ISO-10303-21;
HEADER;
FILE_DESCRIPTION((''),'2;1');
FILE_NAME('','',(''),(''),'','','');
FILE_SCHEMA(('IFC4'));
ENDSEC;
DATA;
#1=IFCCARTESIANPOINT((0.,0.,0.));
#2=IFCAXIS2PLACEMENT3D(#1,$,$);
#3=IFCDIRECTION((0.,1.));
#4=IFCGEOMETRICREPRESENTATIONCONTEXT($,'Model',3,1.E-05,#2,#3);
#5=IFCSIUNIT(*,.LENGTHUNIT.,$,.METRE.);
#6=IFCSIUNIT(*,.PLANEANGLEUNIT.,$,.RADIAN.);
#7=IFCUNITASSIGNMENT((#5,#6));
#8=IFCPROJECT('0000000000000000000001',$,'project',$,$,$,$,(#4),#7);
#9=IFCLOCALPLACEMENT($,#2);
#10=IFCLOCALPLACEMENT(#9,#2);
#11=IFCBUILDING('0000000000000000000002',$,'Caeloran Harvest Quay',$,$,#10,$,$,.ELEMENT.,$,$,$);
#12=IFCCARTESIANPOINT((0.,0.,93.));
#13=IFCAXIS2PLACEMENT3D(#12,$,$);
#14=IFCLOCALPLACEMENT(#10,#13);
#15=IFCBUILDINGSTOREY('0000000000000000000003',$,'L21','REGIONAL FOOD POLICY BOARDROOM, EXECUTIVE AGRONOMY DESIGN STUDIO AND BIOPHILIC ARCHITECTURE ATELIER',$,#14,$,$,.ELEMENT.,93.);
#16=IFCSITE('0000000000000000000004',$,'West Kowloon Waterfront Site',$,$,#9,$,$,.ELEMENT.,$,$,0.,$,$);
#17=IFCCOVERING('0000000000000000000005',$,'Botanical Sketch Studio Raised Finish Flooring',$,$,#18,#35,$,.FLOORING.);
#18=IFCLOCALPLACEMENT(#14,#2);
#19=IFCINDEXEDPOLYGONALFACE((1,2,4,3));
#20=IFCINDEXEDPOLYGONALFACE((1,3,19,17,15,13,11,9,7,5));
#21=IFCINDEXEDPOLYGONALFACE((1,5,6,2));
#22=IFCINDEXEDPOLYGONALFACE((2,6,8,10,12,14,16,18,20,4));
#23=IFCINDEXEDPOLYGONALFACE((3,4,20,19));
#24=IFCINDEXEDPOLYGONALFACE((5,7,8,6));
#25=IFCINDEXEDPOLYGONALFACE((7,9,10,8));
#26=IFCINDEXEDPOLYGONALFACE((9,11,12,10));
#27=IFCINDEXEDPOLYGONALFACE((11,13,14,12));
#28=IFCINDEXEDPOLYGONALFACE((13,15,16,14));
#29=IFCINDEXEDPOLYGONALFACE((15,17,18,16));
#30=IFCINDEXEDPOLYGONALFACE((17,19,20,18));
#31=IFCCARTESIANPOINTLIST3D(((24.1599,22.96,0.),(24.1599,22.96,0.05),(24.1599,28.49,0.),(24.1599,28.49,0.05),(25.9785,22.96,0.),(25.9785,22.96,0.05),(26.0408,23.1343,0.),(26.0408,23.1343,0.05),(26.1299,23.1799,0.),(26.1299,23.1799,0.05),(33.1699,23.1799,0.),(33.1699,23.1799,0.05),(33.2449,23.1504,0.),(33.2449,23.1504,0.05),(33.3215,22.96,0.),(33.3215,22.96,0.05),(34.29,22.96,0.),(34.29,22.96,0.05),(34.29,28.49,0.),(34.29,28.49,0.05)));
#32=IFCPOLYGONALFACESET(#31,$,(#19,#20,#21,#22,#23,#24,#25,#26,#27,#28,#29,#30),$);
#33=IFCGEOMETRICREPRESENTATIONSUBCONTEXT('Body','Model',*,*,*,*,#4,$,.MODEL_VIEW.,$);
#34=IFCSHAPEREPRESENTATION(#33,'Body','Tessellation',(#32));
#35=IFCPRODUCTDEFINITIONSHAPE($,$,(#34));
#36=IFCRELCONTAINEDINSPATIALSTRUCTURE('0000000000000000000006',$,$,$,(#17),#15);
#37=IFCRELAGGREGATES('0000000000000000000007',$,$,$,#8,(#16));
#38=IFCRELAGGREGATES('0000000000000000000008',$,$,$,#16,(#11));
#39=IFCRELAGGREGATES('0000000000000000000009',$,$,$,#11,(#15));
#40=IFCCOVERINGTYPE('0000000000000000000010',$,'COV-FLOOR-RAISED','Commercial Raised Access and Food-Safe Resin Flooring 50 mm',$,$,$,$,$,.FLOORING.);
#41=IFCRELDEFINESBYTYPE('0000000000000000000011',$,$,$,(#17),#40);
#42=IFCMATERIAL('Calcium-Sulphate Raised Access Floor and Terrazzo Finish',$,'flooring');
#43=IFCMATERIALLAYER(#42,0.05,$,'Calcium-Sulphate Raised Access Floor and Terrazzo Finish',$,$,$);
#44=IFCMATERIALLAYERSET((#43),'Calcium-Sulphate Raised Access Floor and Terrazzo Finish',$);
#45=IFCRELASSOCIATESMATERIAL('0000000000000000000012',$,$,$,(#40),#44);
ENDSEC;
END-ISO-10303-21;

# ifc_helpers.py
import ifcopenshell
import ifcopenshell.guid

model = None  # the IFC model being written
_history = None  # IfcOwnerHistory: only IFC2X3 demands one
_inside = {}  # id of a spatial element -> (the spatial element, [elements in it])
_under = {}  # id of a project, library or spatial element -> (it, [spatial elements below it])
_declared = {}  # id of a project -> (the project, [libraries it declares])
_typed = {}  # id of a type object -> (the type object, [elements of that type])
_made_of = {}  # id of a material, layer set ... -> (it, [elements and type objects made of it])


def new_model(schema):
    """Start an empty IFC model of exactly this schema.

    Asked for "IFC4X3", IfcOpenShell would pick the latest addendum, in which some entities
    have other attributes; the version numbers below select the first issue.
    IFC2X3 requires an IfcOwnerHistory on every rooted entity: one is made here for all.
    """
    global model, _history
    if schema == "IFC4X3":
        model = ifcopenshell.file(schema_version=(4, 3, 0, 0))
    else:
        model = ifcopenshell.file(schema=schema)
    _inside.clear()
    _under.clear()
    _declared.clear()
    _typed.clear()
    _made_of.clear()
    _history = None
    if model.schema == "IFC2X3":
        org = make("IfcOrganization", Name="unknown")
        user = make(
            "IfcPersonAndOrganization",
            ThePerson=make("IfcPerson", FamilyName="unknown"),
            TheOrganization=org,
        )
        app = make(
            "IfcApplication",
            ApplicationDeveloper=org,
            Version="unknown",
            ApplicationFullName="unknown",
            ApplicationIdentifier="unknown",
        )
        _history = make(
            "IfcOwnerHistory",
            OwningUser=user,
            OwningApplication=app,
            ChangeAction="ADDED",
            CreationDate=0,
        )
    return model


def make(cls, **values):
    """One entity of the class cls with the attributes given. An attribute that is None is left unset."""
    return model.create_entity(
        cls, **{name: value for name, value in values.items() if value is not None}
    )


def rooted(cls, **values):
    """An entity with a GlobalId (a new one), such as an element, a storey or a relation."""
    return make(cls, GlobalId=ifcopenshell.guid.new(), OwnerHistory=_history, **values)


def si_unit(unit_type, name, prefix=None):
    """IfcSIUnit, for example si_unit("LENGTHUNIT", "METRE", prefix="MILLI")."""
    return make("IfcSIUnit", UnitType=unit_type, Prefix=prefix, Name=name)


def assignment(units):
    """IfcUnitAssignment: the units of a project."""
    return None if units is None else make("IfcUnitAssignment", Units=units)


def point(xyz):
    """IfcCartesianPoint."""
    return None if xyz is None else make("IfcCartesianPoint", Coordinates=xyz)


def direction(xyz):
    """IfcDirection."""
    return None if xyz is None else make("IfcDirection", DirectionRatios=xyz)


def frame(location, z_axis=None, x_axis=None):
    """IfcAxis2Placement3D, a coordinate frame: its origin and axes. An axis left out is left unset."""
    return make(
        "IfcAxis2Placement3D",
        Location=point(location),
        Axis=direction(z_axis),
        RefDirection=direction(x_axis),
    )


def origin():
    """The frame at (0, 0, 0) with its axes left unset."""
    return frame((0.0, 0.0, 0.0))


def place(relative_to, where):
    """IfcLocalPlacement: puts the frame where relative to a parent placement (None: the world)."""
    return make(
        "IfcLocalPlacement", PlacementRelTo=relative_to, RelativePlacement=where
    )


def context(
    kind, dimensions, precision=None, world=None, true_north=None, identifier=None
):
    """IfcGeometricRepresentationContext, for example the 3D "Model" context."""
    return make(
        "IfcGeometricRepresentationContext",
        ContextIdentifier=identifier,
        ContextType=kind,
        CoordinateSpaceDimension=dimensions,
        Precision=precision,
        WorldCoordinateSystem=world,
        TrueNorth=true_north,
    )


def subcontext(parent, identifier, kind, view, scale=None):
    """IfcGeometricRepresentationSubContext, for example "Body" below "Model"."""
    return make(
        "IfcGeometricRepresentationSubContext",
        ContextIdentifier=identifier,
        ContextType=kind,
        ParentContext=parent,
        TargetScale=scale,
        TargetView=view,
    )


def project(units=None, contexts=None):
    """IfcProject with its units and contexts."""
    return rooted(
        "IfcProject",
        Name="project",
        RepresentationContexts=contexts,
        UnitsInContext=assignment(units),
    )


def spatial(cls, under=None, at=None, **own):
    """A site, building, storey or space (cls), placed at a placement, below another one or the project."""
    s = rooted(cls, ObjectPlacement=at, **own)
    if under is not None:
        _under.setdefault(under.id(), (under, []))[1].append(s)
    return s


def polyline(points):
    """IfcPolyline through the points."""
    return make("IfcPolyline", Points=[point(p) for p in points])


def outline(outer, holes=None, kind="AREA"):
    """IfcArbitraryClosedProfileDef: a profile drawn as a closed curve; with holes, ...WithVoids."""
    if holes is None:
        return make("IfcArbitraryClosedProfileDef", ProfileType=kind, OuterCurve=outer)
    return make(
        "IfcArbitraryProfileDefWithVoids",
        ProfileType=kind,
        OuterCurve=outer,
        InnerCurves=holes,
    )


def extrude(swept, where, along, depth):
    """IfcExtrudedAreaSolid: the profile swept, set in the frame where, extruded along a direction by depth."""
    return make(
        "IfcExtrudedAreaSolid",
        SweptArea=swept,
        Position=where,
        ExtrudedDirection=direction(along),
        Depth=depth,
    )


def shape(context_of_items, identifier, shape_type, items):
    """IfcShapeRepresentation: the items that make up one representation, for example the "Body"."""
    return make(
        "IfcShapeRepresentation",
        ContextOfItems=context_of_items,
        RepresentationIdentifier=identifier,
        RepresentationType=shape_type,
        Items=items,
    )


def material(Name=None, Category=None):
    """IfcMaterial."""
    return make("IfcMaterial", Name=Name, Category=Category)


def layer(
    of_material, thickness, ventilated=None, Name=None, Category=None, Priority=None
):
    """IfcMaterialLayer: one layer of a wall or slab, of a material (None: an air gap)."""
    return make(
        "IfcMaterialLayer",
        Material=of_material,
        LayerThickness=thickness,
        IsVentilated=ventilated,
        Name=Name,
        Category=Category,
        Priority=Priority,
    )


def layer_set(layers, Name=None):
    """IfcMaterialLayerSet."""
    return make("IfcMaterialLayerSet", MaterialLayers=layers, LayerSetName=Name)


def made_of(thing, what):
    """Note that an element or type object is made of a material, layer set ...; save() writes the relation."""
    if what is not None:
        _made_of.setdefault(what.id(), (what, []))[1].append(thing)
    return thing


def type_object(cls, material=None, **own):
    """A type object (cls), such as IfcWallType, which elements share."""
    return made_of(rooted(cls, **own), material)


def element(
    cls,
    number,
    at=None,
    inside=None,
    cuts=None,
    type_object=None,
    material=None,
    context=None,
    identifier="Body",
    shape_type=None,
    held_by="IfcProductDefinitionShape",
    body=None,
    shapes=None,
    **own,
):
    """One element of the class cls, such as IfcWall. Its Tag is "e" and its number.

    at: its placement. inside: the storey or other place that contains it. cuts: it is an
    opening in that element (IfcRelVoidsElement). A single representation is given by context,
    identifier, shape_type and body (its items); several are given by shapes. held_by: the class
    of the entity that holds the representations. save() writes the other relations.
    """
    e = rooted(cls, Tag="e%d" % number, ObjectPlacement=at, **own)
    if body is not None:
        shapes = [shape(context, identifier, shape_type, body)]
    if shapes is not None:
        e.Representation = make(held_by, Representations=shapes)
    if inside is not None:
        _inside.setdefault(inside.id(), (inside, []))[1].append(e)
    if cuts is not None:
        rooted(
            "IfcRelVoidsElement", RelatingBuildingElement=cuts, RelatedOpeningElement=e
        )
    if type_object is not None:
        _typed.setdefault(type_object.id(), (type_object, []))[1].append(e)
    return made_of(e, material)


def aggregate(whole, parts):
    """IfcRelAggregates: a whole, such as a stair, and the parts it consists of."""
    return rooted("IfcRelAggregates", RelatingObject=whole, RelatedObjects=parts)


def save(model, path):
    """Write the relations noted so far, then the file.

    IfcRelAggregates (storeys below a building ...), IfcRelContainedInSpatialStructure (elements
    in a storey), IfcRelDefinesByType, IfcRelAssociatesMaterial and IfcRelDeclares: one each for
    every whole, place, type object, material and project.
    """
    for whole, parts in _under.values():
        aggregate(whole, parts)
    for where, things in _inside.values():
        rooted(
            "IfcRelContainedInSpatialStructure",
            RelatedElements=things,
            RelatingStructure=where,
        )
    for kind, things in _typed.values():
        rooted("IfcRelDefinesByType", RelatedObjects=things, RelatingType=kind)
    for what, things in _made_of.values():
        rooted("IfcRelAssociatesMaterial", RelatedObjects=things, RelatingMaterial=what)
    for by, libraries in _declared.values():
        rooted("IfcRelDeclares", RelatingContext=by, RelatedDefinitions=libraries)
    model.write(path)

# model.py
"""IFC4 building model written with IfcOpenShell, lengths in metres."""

from ifc_helpers import new_model, si_unit, direction, frame, origin, place, context, subcontext, project, spatial, polyline, outline, extrude, material, layer, layer_set, type_object, element, save


model = new_model("IFC4")

# Units and contexts
model_context = context("Model", 3, precision=1e-05, world=origin(), true_north=direction((0.0, 1.0)))
body_context = subcontext(model_context, "Body", "Model", "MODEL_VIEW")
ifc_project = project(units=[si_unit("LENGTHUNIT", "METRE"), si_unit("PLANEANGLEUNIT", "RADIAN")], contexts=[model_context])

# Site, building, storey
site_placement = place(None, origin())
site = spatial("IfcSite", under=ifc_project, at=site_placement, Name="West Kowloon Waterfront Site", CompositionType="ELEMENT", RefElevation=0.0)
building_placement = place(site_placement, origin())
building = spatial("IfcBuilding", under=site, at=building_placement, Name="Caeloran Harvest Quay", CompositionType="ELEMENT")
storey_placement = place(building_placement, frame((0.0, 0.0, 93.0)))
storey = spatial("IfcBuildingStorey", under=building, at=storey_placement, Name="L21", Description="REGIONAL FOOD POLICY BOARDROOM, EXECUTIVE AGRONOMY DESIGN STUDIO AND BIOPHILIC ARCHITECTURE ATELIER", CompositionType="ELEMENT", Elevation=93.0)

# Covering
ifc_material_1 = material(Name="Calcium-Sulphate Raised Access Floor and Terrazzo Finish", Category="flooring")
ifc_layer_1 = layer(ifc_material_1, 0.05, Name="Calcium-Sulphate Raised Access Floor and Terrazzo Finish")
ifc_layer_set_1 = layer_set([ifc_layer_1], Name="Calcium-Sulphate Raised Access Floor and Terrazzo Finish")
covering_type_1 = type_object("IfcCoveringType", Name="COV-FLOOR-RAISED", Description="Commercial Raised Access and Food-Safe Resin Flooring 50 mm", PredefinedType="FLOORING", material=ifc_layer_set_1)
covering_1_placement = place(storey_placement, origin())
element("IfcCovering", 1, at=covering_1_placement, inside=storey, type_object=covering_type_1, Name="Botanical Sketch Studio Raised Finish Flooring", PredefinedType="FLOORING", context=body_context, shape_type="SweptSolid", body=[
    extrude(outline(polyline([(33.3215, 22.96), (33.2449, 23.1504), (33.1699, 23.1799), (26.1299, 23.1799), (26.0408, 23.1343), (25.9785, 22.96), (24.1599, 22.96), (24.1599, 28.49), (34.29, 28.49), (34.29, 22.96), (33.3215, 22.96)])), origin(), (0.0, 0.0, 1.0), 0.05),
])

save(model, "model.ifc")
